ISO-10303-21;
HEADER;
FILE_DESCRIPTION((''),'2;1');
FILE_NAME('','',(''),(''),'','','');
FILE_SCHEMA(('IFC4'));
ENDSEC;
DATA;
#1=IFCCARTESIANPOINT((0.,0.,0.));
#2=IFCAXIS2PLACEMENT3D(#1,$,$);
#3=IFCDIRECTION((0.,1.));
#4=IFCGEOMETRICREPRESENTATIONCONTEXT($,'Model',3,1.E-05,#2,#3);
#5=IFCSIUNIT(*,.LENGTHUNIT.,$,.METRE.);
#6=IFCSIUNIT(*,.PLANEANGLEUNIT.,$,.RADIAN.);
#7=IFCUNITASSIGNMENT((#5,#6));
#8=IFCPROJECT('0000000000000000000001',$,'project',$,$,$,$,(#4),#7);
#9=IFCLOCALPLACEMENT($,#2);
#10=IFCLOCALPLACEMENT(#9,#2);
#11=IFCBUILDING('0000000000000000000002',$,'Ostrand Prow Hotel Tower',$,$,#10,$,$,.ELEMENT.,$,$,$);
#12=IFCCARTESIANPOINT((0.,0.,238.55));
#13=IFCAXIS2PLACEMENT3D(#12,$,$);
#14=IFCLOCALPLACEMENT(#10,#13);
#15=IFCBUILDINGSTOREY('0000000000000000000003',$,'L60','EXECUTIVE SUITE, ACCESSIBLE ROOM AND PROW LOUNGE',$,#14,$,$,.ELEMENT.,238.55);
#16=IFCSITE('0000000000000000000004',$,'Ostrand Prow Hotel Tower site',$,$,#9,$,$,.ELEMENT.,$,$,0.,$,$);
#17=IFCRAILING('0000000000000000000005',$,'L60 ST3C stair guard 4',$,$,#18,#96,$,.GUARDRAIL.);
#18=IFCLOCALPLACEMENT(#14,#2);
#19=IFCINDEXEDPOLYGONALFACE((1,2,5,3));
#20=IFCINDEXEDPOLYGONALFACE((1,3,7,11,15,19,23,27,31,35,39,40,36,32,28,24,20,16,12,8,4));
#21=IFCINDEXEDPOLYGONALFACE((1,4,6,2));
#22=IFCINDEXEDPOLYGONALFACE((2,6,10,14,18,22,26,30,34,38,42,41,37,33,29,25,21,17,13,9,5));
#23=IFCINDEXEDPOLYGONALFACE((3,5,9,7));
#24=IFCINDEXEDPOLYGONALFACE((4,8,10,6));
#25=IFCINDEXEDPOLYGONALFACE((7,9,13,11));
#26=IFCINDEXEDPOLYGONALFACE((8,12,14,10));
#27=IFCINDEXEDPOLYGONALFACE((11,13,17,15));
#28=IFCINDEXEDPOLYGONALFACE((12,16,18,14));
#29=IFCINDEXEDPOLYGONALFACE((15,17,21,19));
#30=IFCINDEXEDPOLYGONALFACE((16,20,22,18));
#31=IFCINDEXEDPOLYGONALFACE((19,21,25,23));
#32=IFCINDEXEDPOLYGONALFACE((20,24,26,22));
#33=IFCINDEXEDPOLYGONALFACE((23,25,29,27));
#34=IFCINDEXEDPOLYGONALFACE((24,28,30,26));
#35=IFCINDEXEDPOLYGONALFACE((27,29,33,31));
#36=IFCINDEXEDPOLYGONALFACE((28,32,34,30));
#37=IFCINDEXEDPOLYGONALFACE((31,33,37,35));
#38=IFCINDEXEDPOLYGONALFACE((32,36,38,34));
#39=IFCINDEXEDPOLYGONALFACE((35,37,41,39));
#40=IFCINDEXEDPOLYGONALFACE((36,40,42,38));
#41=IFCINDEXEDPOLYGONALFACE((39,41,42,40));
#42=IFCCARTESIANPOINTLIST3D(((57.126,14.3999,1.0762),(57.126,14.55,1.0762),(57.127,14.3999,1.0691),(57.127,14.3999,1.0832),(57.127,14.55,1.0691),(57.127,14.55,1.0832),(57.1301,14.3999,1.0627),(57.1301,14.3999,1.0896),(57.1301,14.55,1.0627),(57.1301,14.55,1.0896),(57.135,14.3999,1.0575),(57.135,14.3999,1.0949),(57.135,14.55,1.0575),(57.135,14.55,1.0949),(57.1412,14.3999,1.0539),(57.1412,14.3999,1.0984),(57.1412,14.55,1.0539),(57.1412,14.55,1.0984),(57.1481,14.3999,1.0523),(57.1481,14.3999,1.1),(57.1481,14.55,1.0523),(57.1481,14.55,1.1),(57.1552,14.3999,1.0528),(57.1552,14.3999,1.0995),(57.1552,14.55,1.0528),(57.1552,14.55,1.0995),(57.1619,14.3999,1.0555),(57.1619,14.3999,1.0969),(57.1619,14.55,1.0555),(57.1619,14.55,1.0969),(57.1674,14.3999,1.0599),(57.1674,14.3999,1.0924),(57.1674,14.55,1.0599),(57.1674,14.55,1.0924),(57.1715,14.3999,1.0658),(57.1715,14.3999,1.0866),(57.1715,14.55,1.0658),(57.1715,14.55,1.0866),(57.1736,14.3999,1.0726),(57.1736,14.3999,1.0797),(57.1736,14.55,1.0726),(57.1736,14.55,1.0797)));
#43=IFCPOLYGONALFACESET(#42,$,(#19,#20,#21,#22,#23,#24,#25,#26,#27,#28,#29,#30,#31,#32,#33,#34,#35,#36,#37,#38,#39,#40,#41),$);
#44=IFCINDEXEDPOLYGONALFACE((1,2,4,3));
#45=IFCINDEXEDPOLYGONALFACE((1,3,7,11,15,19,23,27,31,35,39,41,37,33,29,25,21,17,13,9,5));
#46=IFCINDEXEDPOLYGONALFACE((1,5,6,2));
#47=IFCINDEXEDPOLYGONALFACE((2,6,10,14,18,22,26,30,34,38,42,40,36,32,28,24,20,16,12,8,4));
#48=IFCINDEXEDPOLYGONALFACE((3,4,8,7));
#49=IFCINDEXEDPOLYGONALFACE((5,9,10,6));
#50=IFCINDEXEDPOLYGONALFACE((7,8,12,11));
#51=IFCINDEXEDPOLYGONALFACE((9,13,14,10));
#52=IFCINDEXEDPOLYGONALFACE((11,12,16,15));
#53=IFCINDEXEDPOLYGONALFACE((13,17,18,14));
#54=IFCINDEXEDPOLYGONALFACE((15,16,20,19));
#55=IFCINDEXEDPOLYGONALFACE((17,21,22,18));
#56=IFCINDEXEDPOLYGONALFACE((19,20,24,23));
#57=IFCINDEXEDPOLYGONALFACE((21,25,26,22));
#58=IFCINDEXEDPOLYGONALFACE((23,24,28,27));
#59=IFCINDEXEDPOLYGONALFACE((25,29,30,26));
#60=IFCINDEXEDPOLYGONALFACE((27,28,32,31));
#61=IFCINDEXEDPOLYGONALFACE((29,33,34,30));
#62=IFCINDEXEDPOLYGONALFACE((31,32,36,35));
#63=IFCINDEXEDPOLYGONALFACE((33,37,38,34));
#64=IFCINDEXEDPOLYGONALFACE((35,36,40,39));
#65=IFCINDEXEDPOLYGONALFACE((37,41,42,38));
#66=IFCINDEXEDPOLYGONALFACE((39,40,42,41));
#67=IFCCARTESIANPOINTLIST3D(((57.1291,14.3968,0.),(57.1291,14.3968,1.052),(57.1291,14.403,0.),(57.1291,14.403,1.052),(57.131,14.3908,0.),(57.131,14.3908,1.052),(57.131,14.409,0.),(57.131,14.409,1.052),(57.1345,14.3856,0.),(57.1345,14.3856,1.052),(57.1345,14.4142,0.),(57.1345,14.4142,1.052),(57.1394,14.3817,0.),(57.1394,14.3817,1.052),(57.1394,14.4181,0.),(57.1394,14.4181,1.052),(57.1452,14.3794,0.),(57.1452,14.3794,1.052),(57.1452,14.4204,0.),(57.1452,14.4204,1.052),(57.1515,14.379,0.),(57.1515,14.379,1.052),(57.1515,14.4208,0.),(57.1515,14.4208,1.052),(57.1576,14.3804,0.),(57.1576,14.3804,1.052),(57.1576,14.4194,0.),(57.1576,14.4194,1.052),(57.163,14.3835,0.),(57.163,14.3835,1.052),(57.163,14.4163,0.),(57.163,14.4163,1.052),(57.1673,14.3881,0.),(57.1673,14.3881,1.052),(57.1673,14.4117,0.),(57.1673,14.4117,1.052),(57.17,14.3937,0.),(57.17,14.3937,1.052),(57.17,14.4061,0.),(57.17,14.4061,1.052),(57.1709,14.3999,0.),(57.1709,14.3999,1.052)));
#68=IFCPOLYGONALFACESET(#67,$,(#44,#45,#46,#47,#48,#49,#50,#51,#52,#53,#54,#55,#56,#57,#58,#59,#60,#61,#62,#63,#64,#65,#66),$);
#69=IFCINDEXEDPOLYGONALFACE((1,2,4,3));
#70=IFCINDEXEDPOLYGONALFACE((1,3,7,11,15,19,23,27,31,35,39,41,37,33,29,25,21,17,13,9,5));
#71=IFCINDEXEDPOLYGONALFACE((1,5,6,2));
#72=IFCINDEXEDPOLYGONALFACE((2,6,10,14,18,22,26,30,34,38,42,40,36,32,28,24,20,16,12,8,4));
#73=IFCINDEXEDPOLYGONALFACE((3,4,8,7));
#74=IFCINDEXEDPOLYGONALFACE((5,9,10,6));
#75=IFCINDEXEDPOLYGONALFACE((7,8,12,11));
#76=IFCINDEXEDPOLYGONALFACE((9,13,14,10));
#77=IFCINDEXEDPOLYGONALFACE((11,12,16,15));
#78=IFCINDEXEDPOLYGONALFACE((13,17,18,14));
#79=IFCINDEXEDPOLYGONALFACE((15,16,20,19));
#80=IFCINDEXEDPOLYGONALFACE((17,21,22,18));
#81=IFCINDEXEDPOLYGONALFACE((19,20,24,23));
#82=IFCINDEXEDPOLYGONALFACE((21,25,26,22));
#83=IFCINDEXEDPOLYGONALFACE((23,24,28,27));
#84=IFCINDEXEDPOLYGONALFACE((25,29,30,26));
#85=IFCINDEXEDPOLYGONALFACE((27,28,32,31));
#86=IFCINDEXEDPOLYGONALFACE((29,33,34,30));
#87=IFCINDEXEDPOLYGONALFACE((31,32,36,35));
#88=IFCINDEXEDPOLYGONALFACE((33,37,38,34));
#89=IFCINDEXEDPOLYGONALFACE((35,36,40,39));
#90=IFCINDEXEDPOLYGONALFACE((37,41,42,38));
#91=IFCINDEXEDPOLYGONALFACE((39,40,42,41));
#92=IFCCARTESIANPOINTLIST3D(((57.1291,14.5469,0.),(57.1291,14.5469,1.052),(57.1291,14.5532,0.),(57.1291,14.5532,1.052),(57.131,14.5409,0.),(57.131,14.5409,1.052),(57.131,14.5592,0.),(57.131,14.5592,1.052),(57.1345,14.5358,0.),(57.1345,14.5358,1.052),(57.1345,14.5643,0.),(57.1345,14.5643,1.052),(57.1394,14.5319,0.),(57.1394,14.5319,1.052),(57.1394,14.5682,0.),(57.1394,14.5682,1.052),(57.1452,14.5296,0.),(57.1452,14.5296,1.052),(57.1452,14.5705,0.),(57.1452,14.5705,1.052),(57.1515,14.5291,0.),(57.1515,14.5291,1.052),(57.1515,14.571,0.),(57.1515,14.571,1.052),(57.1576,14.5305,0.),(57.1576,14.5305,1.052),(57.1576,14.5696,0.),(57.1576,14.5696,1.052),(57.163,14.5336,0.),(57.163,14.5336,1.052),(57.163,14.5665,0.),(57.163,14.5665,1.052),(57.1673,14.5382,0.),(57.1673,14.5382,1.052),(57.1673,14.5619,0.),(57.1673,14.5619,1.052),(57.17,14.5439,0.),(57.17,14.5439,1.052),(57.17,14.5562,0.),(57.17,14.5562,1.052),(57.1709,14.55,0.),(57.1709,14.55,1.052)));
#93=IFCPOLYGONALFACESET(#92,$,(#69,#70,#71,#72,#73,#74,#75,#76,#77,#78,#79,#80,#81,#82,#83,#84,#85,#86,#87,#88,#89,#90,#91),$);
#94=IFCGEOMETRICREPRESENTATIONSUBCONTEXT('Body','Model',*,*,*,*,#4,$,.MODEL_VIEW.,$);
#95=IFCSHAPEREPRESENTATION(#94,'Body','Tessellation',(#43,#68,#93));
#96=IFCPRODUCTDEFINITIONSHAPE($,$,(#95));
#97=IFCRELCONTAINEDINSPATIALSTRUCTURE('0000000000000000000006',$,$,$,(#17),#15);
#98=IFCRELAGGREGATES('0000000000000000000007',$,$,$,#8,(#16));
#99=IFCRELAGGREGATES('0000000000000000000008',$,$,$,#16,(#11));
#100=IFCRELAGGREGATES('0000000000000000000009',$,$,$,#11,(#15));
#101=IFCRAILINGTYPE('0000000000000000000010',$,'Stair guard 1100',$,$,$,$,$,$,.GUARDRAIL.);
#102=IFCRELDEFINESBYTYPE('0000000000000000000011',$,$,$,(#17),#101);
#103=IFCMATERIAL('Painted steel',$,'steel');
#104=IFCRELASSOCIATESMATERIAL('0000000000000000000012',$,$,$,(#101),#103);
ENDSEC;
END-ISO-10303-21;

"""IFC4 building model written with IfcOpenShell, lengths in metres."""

from ifc_helpers import new_model, si_unit, direction, frame, origin, origin_2d, place, context, subcontext, project, spatial, circle, extrude, material, type_object, element, save


model = new_model("IFC4")

# Units and contexts
model_context = context("Model", 3, precision=1e-05, world=origin(), true_north=direction((0.0, 1.0)))
body_context = subcontext(model_context, "Body", "Model", "MODEL_VIEW")
ifc_project = project(units=[si_unit("LENGTHUNIT", "METRE"), si_unit("PLANEANGLEUNIT", "RADIAN")], contexts=[model_context])

# Site, building, storey
site_placement = place(None, origin())
site = spatial("IfcSite", under=ifc_project, at=site_placement, Name="Ostrand Prow Hotel Tower site", CompositionType="ELEMENT", RefElevation=0.0)
building_placement = place(site_placement, origin())
building = spatial("IfcBuilding", under=site, at=building_placement, Name="Ostrand Prow Hotel Tower", CompositionType="ELEMENT")
storey_placement = place(building_placement, frame((0.0, 0.0, 238.55)))
storey = spatial("IfcBuildingStorey", under=building, at=storey_placement, Name="L60", Description="EXECUTIVE SUITE, ACCESSIBLE ROOM AND PROW LOUNGE", CompositionType="ELEMENT", Elevation=238.55)

# Railing
ifc_material_1 = material(Name="Painted steel", Category="steel")
railing_type_1 = type_object("IfcRailingType", Name="Stair guard 1100", PredefinedType="GUARDRAIL", material=ifc_material_1)
railing_1_placement = place(storey_placement, frame((57.1499, 14.3999, 0.0)))
element("IfcRailing", 1, at=railing_1_placement, inside=storey, type_object=railing_type_1, Name="L60 ST3C stair guard 4", PredefinedType="GUARDRAIL", context=body_context, shape_type="SweptSolid", body=[
    extrude(circle(Radius=0.0239, at=origin_2d()), frame((0.0, 0.0, 1.0762), z_axis=(0.0, 1.0, 0.0), x_axis=(-1.0, 0.0, 0.0)), (0.0, 0.0, 1.0), 0.1501),
    extrude(circle(Radius=0.021, at=origin_2d()), origin(), (0.0, 0.0, 1.0), 1.052),
    extrude(circle(Radius=0.021, at=origin_2d()), frame((0.0, 0.1501, 0.0)), (0.0, 0.0, 1.0), 1.052),
])

save(model, "model.ifc")
